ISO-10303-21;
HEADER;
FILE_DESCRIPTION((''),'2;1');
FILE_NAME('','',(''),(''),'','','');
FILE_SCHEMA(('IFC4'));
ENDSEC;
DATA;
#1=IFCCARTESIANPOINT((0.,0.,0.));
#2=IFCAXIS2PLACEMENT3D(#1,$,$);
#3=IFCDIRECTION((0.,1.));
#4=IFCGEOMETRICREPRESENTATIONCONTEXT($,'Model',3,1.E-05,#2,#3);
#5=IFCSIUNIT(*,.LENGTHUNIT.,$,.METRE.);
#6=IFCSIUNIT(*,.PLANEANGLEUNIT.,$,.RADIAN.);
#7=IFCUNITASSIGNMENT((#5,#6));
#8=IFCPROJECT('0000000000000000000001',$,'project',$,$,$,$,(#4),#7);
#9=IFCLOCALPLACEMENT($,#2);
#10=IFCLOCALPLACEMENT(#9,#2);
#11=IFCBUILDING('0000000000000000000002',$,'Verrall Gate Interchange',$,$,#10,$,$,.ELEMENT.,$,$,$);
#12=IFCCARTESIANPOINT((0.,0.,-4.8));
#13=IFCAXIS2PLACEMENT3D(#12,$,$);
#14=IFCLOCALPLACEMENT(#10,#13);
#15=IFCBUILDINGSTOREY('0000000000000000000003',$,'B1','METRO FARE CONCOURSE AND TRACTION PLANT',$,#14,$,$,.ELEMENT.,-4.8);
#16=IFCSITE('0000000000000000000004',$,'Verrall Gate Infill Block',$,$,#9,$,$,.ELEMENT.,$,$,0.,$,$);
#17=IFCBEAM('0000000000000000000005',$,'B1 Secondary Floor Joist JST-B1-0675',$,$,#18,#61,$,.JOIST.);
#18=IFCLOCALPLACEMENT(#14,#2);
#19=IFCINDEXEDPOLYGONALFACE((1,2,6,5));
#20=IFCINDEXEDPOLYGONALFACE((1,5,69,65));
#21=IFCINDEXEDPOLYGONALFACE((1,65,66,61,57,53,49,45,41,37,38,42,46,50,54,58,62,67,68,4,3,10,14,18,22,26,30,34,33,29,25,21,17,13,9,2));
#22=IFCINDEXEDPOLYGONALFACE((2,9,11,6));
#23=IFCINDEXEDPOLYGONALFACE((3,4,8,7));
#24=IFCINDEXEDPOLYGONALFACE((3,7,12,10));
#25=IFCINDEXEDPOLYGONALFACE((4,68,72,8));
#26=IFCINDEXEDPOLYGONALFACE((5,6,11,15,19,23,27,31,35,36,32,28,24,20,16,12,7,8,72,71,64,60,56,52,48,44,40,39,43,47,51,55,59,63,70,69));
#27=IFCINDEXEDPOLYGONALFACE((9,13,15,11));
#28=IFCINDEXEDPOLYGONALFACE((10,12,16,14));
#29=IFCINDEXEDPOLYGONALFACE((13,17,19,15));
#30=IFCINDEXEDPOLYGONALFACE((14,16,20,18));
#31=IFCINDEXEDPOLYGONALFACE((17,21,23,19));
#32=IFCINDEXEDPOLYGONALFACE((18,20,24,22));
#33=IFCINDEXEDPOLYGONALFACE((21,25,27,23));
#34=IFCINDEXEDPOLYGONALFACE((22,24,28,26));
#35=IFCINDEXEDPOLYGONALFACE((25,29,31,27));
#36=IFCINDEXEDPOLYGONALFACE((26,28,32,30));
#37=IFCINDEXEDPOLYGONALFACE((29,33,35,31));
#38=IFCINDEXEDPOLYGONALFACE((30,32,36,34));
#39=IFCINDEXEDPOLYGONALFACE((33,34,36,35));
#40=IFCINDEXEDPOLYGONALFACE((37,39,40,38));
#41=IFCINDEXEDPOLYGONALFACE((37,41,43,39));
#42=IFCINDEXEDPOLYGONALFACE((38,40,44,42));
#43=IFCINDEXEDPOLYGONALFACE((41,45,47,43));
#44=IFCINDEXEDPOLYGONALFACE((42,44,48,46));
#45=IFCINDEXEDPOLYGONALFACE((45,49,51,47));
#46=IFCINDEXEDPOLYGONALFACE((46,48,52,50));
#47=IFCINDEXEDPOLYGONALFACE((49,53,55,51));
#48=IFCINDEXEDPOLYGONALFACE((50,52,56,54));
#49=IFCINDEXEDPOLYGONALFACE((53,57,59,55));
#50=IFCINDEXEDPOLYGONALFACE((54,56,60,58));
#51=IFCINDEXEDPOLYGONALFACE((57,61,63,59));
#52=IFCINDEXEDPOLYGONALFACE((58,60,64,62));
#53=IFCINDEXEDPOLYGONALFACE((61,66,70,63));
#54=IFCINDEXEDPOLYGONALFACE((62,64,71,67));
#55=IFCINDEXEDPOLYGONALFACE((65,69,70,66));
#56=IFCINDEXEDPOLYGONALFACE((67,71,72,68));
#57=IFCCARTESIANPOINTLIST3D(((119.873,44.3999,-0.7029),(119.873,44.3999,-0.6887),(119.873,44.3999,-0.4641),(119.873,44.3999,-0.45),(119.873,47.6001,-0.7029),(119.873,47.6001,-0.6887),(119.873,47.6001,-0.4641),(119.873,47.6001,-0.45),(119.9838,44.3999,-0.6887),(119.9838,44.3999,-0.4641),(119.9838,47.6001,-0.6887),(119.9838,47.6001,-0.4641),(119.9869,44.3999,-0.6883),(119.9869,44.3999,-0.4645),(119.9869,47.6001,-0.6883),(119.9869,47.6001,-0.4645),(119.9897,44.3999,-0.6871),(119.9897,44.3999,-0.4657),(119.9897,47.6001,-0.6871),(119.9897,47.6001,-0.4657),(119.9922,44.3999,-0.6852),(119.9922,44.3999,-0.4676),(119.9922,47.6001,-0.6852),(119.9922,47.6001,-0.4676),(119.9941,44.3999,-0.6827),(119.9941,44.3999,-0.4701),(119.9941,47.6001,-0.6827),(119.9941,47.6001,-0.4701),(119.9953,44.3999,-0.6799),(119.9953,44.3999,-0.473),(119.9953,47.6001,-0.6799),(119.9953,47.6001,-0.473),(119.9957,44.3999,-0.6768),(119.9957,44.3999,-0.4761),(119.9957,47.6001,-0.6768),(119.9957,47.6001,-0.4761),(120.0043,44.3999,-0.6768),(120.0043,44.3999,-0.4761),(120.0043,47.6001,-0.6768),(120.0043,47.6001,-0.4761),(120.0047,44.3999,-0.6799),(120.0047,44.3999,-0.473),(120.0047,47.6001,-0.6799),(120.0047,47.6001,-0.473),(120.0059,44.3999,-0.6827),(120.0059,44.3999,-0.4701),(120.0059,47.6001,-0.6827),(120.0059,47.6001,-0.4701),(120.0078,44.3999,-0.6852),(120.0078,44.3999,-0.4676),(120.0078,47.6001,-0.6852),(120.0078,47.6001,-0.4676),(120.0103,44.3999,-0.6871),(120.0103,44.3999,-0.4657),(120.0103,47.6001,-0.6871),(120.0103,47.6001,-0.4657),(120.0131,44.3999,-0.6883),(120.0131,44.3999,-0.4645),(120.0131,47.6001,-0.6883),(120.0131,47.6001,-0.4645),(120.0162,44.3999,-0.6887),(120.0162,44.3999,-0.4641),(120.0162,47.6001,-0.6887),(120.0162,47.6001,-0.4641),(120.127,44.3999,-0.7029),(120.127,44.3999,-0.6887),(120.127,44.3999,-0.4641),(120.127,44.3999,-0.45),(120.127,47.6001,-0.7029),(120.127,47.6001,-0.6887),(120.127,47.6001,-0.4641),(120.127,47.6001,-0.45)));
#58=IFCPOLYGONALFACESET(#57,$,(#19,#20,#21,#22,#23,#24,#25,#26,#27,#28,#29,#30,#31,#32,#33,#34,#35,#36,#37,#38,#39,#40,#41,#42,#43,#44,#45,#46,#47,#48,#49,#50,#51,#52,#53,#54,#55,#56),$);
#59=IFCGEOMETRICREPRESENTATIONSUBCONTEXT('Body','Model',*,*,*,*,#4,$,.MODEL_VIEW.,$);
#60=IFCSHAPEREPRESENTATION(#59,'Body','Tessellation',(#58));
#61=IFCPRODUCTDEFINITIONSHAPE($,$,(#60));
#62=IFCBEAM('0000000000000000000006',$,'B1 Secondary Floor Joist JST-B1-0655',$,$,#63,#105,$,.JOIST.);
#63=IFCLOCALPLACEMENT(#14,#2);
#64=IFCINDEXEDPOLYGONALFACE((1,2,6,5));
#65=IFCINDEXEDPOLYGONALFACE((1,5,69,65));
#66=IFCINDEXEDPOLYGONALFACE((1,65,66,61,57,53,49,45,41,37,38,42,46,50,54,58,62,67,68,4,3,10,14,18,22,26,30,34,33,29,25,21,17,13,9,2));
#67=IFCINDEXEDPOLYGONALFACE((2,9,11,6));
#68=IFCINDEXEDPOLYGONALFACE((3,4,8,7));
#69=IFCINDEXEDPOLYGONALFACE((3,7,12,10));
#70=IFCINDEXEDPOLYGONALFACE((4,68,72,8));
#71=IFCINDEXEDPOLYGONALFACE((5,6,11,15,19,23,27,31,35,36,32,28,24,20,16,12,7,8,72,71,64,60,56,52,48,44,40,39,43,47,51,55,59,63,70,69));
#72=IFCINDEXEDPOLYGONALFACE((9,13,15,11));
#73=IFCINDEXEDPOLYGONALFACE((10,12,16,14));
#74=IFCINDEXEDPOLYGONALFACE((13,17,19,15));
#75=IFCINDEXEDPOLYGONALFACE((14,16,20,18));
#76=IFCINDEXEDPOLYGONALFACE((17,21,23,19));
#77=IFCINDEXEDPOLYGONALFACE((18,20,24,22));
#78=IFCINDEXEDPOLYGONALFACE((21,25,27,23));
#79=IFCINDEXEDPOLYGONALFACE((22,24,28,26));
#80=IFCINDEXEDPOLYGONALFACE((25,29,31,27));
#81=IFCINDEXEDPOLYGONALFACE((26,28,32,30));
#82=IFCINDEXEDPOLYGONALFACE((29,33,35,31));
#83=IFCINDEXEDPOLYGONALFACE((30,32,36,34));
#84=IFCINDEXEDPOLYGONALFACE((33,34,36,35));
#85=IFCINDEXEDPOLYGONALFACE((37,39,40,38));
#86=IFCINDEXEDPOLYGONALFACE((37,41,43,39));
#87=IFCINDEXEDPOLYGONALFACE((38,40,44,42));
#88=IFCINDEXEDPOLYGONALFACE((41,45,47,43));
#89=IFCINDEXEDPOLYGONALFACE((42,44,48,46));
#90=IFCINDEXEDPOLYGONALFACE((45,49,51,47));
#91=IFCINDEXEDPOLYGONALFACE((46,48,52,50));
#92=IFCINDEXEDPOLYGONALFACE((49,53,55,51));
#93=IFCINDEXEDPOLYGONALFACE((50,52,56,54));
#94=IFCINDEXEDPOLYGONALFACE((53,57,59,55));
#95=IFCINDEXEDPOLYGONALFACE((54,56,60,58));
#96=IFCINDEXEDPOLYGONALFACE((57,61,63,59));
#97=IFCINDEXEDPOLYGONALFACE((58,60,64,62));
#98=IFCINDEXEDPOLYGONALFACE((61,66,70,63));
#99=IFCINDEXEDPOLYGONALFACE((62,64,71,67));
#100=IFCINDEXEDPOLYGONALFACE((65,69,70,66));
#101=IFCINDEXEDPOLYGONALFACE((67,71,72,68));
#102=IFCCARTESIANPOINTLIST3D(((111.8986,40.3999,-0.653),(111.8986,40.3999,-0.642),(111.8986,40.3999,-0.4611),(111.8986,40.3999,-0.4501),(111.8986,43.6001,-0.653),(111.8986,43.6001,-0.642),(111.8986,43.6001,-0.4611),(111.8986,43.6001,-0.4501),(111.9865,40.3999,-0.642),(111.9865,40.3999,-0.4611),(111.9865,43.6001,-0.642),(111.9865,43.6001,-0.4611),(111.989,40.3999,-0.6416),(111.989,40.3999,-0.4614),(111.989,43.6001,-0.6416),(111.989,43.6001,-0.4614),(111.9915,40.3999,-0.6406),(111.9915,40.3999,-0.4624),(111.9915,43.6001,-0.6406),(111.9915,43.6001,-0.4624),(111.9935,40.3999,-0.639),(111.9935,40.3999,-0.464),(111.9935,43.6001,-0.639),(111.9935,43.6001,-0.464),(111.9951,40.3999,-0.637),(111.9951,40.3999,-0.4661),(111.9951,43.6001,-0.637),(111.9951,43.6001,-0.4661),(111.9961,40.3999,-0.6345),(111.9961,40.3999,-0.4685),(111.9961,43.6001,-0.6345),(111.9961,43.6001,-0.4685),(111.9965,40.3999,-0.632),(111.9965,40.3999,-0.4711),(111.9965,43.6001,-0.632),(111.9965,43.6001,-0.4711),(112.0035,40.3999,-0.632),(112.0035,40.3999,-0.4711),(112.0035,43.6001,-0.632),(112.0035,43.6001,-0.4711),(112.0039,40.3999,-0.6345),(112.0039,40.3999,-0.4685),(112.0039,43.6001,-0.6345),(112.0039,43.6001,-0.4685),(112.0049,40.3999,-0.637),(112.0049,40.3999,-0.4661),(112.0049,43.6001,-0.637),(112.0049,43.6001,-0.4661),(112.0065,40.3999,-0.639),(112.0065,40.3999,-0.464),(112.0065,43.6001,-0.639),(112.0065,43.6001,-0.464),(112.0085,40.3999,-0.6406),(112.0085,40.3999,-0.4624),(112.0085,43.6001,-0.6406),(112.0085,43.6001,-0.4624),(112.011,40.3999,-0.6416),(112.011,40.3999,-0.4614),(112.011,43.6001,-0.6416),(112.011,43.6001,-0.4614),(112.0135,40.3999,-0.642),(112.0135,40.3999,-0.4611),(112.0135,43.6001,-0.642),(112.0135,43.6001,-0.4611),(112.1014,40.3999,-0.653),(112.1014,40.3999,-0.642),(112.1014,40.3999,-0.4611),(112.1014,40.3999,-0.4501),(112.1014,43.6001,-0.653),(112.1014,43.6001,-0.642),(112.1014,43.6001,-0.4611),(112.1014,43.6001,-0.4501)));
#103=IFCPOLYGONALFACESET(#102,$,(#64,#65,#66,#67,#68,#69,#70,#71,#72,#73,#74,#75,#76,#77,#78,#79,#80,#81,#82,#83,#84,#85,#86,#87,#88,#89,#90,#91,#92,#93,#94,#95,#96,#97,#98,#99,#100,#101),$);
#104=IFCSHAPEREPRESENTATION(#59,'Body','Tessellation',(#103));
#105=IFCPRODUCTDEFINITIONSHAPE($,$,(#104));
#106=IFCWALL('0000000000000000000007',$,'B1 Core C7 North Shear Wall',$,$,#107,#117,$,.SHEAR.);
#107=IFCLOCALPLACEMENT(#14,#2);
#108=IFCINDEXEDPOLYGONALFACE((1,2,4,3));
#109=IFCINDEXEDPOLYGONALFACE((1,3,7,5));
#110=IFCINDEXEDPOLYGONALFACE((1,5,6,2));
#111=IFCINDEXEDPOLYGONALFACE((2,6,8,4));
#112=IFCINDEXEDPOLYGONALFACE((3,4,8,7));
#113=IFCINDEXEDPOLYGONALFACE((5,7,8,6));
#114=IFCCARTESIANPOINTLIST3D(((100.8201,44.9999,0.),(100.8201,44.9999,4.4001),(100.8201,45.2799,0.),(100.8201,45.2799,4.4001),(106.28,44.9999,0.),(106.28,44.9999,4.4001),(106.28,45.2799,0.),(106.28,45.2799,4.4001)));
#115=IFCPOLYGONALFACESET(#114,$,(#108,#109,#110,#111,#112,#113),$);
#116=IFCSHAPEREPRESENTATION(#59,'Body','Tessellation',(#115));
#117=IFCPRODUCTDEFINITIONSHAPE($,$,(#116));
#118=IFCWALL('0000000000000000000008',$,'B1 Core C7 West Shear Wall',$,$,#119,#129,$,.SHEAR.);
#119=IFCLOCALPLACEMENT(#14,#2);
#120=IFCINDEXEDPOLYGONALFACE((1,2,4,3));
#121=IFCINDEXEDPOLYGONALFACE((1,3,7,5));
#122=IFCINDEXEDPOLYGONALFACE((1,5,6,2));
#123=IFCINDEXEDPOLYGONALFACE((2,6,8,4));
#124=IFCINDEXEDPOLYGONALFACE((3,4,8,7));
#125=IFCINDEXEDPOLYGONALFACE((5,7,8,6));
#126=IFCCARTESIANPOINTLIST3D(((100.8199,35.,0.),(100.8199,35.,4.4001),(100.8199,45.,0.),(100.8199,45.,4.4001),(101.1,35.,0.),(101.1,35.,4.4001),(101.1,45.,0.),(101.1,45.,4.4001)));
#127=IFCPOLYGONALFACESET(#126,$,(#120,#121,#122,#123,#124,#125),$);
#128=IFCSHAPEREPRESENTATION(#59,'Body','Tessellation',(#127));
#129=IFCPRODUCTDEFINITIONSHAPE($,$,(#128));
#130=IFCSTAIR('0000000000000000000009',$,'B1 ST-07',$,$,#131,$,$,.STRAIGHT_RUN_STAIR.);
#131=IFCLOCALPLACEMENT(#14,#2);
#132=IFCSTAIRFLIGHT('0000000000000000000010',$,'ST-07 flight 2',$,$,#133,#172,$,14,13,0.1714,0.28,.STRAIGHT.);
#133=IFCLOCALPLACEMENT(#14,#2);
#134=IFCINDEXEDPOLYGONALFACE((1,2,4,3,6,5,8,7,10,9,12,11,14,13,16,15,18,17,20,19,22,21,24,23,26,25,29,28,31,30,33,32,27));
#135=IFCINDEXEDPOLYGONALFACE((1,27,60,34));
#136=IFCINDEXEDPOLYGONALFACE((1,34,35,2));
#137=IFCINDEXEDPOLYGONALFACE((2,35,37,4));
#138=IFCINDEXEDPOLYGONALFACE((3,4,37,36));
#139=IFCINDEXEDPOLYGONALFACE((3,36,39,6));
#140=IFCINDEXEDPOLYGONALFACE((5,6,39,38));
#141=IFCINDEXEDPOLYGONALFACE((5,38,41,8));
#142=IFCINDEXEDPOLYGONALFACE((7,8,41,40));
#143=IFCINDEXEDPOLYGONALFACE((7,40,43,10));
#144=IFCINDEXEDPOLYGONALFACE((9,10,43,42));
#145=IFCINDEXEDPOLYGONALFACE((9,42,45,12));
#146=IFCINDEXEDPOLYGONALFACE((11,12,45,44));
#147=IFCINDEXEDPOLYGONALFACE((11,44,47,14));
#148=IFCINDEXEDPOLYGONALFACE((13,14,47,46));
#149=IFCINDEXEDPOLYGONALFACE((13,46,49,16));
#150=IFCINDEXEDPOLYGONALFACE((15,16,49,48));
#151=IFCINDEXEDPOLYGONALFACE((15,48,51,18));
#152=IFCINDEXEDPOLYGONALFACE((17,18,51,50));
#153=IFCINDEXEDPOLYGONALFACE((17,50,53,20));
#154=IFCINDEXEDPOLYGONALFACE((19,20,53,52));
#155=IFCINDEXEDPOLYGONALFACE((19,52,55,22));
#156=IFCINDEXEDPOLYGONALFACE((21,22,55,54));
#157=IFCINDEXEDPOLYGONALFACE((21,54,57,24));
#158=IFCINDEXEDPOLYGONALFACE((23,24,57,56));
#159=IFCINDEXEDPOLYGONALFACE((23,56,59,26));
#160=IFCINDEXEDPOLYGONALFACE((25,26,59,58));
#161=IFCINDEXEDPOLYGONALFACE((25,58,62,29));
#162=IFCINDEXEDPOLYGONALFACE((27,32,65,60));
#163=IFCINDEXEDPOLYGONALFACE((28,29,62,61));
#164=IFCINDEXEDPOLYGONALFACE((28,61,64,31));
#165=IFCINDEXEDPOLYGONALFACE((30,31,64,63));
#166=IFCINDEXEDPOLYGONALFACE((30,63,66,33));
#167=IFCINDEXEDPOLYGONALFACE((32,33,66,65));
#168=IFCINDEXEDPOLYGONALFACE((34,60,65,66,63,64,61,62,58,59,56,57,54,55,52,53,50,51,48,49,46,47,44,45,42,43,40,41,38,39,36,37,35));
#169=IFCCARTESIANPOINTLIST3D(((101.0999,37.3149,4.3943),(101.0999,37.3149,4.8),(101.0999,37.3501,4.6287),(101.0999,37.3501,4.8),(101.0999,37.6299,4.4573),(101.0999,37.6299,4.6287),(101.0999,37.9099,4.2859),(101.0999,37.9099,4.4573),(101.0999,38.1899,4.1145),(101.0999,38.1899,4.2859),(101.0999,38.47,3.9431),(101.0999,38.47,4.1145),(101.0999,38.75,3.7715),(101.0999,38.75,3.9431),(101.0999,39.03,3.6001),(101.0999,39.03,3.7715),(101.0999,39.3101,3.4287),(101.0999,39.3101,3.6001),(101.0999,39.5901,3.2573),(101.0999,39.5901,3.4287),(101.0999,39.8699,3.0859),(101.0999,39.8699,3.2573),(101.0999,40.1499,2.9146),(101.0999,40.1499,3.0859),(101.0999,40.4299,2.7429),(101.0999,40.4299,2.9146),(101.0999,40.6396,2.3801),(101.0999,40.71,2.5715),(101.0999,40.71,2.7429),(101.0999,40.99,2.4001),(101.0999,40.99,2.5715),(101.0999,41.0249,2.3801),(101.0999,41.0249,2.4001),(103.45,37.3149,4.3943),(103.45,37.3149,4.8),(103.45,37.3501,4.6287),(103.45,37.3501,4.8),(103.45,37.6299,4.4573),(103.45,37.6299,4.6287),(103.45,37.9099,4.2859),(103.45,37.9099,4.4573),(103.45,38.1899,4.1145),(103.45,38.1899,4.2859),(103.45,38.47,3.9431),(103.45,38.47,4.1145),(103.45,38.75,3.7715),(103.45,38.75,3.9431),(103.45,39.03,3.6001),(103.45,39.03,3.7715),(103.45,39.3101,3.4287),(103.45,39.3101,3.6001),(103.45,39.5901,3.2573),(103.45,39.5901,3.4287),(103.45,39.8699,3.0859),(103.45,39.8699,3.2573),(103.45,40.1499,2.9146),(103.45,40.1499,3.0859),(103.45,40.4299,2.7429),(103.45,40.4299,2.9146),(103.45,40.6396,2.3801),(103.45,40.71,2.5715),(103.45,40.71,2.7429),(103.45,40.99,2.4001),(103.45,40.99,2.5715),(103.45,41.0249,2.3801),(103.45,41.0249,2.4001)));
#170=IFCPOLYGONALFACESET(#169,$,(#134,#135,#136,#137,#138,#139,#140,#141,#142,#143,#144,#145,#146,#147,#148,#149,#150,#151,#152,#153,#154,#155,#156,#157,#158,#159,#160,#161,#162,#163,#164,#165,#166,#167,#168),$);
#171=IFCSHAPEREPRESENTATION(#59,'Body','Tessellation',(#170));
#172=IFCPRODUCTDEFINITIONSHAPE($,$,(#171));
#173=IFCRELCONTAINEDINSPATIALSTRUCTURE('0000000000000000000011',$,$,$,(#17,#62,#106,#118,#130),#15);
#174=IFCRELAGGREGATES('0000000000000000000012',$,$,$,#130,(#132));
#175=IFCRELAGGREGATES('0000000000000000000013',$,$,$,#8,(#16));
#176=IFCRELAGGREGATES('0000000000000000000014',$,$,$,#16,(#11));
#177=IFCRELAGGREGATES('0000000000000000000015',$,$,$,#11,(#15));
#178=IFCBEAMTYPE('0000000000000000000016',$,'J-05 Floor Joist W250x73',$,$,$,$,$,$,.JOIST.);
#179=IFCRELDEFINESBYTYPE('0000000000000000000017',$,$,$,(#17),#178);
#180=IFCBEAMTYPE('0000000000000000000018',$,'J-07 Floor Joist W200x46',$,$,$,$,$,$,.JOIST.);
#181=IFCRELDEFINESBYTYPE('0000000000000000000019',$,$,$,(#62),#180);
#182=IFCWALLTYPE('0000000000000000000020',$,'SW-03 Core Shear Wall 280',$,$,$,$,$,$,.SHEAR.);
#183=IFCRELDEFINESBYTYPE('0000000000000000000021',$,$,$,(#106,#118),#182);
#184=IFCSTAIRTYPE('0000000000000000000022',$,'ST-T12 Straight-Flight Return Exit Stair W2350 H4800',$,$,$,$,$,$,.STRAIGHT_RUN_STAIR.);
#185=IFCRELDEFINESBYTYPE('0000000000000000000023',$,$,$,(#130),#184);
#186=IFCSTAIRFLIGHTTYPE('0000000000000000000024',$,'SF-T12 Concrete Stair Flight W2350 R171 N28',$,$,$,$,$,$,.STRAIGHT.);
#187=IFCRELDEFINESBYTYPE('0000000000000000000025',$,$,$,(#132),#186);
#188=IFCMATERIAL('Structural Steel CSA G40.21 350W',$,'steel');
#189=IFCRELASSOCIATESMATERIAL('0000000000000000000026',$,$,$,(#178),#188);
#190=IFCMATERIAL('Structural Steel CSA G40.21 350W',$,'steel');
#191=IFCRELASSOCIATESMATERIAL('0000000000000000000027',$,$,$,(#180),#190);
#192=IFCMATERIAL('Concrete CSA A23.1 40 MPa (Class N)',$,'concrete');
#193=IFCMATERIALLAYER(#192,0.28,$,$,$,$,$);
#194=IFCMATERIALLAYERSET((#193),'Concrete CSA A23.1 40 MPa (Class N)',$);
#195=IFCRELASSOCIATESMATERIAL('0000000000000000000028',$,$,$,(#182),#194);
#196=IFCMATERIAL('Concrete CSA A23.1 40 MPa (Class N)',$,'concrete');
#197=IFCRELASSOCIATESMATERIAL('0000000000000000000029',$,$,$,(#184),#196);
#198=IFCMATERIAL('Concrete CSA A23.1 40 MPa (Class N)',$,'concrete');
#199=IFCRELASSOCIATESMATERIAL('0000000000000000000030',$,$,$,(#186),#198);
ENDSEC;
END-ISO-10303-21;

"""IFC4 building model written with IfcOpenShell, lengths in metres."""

from ifc_helpers import new_model, si_unit, direction, frame, frame_2d, origin, origin_2d, place, context, subcontext, project, spatial, polyline, rectangle, i_section, outline, extrude, material, layer, layer_set, material_profile, profile_set, type_object, element, aggregate, save


model = new_model("IFC4")

# Units and contexts
model_context = context("Model", 3, precision=1e-05, world=origin(), true_north=direction((0.0, 1.0)))
body_context = subcontext(model_context, "Body", "Model", "MODEL_VIEW")
ifc_project = project(units=[si_unit("LENGTHUNIT", "METRE"), si_unit("PLANEANGLEUNIT", "RADIAN")], contexts=[model_context])

# Site, building, storey
site_placement = place(None, origin())
site = spatial("IfcSite", under=ifc_project, at=site_placement, Name="Verrall Gate Infill Block", CompositionType="ELEMENT", RefElevation=0.0)
building_placement = place(site_placement, origin())
building = spatial("IfcBuilding", under=site, at=building_placement, Name="Verrall Gate Interchange", CompositionType="ELEMENT")
storey_placement = place(building_placement, frame((0.0, 0.0, -4.8)))
storey = spatial("IfcBuildingStorey", under=building, at=storey_placement, Name="B1", Description="METRO FARE CONCOURSE AND TRACTION PLANT", CompositionType="ELEMENT", Elevation=-4.8)

# Beams
ifc_material_1 = material(Name="Structural Steel CSA G40.21 350W", Category="steel")
ifc_material_profile_1 = material_profile(ifc_material_1, i_section(OverallWidth=0.2539, OverallDepth=0.2529, WebThickness=0.0085, FlangeThickness=0.0142, FilletRadius=0.012, at=origin_2d()), Name="W250x73")
ifc_profile_set_1 = profile_set([ifc_material_profile_1], Name="Structural Steel CSA G40.21 350W")
beam_type_1 = type_object("IfcBeamType", Name="J-05 Floor Joist W250x73", PredefinedType="JOIST", material=ifc_profile_set_1)
beam_1_placement = place(storey_placement, frame((120.0, 44.3999, -0.5764), z_axis=(0.0, 1.0, 0.0), x_axis=(-1.0, 0.0, 0.0)))
element("IfcBeam", 1, at=beam_1_placement, inside=storey, type_object=beam_type_1, Name="B1 Secondary Floor Joist JST-B1-0675", PredefinedType="JOIST", context=body_context, shape_type="SweptSolid", body=[
    extrude(i_section(OverallWidth=0.2539, OverallDepth=0.2529, WebThickness=0.0085, FlangeThickness=0.0142, FilletRadius=0.012, at=origin_2d()), origin(), (0.0, 0.0, 1.0), 3.2002),
])
ifc_material_2 = material(Name="Structural Steel CSA G40.21 350W", Category="steel")
ifc_material_profile_2 = material_profile(ifc_material_2, i_section(OverallWidth=0.2029, OverallDepth=0.2029, WebThickness=0.0071, FlangeThickness=0.011, FilletRadius=0.01, at=origin_2d()), Name="W200x46")
ifc_profile_set_2 = profile_set([ifc_material_profile_2], Name="Structural Steel CSA G40.21 350W")
beam_type_2 = type_object("IfcBeamType", Name="J-07 Floor Joist W200x46", PredefinedType="JOIST", material=ifc_profile_set_2)
beam_2_placement = place(storey_placement, frame((112.0, 40.3999, -0.5515), z_axis=(0.0, 1.0, 0.0), x_axis=(-1.0, 0.0, 0.0)))
element("IfcBeam", 2, at=beam_2_placement, inside=storey, type_object=beam_type_2, Name="B1 Secondary Floor Joist JST-B1-0655", PredefinedType="JOIST", context=body_context, shape_type="SweptSolid", body=[
    extrude(i_section(OverallWidth=0.2029, OverallDepth=0.2029, WebThickness=0.0071, FlangeThickness=0.011, FilletRadius=0.01, at=origin_2d()), origin(), (0.0, 0.0, 1.0), 3.2002),
])

# Walls
ifc_material_3 = material(Name="Concrete CSA A23.1 40 MPa (Class N)", Category="concrete")
ifc_layer = layer(ifc_material_3, 0.28)
ifc_layer_set = layer_set([ifc_layer], Name="Concrete CSA A23.1 40 MPa (Class N)")
wall_type = type_object("IfcWallType", Name="SW-03 Core Shear Wall 280", PredefinedType="SHEAR", material=ifc_layer_set)
wall_1_placement = place(storey_placement, frame((106.28, 45.1399, 0.0), z_axis=(0.0, 0.0, 1.0), x_axis=(-1.0, 0.0, 0.0)))
element("IfcWall", 3, at=wall_1_placement, inside=storey, type_object=wall_type, Name="B1 Core C7 North Shear Wall", PredefinedType="SHEAR", context=body_context, shape_type="SweptSolid", body=[
    extrude(rectangle(XDim=5.46, YDim=0.28, at=frame_2d((2.73, 0.0))), origin(), (0.0, 0.0, 1.0), 4.4001),
])
wall_2_placement = place(storey_placement, frame((100.96, 45.0, 0.0), z_axis=(0.0, 0.0, 1.0), x_axis=(0.0, -1.0, 0.0)))
element("IfcWall", 4, at=wall_2_placement, inside=storey, type_object=wall_type, Name="B1 Core C7 West Shear Wall", PredefinedType="SHEAR", context=body_context, shape_type="SweptSolid", body=[
    extrude(rectangle(XDim=10.0, YDim=0.28, at=frame_2d((5.0, 0.0))), origin(), (0.0, 0.0, 1.0), 4.4001),
])

# Stair, stair flight
ifc_material_4 = material(Name="Concrete CSA A23.1 40 MPa (Class N)", Category="concrete")
stair_type = type_object("IfcStairType", Name="ST-T12 Straight-Flight Return Exit Stair W2350 H4800", PredefinedType="STRAIGHT_RUN_STAIR", material=ifc_material_4)
stair_placement = place(storey_placement, origin())
stair = element("IfcStair", 5, at=stair_placement, inside=storey, type_object=stair_type, Name="B1 ST-07", PredefinedType="STRAIGHT_RUN_STAIR")
ifc_material_5 = material(Name="Concrete CSA A23.1 40 MPa (Class N)", Category="concrete")
stair_flight_type = type_object("IfcStairFlightType", Name="SF-T12 Concrete Stair Flight W2350 R171 N28", PredefinedType="STRAIGHT", material=ifc_material_5)
stair_flight_placement = place(storey_placement, frame((102.2749, 40.99, 2.4001), z_axis=(0.0, 0.0, 1.0), x_axis=(0.0, -1.0, 0.0)))
stair_flight = element("IfcStairFlight", 6, at=stair_flight_placement, type_object=stair_flight_type, Name="ST-07 flight 2", NumberOfRisers=14, NumberOfTreads=13, PredefinedType="STRAIGHT", RiserHeight=0.1714, TreadLength=0.28, context=body_context, shape_type="SweptSolid", body=[
    extrude(outline(polyline([(-0.0349, -0.02), (-0.0349, 0.0), (0.0, 0.0), (0.0, 0.1714), (0.28, 0.1714), (0.28, 0.3428), (0.5601, 0.3428), (0.5601, 0.5144), (0.8401, 0.5144), (0.8401, 0.6858), (1.1201, 0.6858), (1.1201, 0.8572), (1.3999, 0.8572), (1.3999, 1.0286), (1.6799, 1.0286), (1.6799, 1.2), (1.96, 1.2), (1.96, 1.3713), (2.24, 1.3713), (2.24, 1.543), (2.52, 1.543), (2.52, 1.7144), (2.8, 1.7144), (2.8, 1.8857), (3.0801, 1.8857), (3.0801, 2.0571), (3.3601, 2.0571), (3.3601, 2.2285), (3.6399, 2.2285), (3.6399, 2.3999), (3.675, 2.3999), (3.675, 1.9941), (0.3503, -0.02), (-0.0349, -0.02)])), frame((0.0, 1.175, 0.0), z_axis=(0.0, -1.0, 0.0), x_axis=(1.0, 0.0, 0.0)), (0.0, 0.0, 1.0), 2.3501),
])
aggregate(stair, [stair_flight])

save(model, "model.ifc")
